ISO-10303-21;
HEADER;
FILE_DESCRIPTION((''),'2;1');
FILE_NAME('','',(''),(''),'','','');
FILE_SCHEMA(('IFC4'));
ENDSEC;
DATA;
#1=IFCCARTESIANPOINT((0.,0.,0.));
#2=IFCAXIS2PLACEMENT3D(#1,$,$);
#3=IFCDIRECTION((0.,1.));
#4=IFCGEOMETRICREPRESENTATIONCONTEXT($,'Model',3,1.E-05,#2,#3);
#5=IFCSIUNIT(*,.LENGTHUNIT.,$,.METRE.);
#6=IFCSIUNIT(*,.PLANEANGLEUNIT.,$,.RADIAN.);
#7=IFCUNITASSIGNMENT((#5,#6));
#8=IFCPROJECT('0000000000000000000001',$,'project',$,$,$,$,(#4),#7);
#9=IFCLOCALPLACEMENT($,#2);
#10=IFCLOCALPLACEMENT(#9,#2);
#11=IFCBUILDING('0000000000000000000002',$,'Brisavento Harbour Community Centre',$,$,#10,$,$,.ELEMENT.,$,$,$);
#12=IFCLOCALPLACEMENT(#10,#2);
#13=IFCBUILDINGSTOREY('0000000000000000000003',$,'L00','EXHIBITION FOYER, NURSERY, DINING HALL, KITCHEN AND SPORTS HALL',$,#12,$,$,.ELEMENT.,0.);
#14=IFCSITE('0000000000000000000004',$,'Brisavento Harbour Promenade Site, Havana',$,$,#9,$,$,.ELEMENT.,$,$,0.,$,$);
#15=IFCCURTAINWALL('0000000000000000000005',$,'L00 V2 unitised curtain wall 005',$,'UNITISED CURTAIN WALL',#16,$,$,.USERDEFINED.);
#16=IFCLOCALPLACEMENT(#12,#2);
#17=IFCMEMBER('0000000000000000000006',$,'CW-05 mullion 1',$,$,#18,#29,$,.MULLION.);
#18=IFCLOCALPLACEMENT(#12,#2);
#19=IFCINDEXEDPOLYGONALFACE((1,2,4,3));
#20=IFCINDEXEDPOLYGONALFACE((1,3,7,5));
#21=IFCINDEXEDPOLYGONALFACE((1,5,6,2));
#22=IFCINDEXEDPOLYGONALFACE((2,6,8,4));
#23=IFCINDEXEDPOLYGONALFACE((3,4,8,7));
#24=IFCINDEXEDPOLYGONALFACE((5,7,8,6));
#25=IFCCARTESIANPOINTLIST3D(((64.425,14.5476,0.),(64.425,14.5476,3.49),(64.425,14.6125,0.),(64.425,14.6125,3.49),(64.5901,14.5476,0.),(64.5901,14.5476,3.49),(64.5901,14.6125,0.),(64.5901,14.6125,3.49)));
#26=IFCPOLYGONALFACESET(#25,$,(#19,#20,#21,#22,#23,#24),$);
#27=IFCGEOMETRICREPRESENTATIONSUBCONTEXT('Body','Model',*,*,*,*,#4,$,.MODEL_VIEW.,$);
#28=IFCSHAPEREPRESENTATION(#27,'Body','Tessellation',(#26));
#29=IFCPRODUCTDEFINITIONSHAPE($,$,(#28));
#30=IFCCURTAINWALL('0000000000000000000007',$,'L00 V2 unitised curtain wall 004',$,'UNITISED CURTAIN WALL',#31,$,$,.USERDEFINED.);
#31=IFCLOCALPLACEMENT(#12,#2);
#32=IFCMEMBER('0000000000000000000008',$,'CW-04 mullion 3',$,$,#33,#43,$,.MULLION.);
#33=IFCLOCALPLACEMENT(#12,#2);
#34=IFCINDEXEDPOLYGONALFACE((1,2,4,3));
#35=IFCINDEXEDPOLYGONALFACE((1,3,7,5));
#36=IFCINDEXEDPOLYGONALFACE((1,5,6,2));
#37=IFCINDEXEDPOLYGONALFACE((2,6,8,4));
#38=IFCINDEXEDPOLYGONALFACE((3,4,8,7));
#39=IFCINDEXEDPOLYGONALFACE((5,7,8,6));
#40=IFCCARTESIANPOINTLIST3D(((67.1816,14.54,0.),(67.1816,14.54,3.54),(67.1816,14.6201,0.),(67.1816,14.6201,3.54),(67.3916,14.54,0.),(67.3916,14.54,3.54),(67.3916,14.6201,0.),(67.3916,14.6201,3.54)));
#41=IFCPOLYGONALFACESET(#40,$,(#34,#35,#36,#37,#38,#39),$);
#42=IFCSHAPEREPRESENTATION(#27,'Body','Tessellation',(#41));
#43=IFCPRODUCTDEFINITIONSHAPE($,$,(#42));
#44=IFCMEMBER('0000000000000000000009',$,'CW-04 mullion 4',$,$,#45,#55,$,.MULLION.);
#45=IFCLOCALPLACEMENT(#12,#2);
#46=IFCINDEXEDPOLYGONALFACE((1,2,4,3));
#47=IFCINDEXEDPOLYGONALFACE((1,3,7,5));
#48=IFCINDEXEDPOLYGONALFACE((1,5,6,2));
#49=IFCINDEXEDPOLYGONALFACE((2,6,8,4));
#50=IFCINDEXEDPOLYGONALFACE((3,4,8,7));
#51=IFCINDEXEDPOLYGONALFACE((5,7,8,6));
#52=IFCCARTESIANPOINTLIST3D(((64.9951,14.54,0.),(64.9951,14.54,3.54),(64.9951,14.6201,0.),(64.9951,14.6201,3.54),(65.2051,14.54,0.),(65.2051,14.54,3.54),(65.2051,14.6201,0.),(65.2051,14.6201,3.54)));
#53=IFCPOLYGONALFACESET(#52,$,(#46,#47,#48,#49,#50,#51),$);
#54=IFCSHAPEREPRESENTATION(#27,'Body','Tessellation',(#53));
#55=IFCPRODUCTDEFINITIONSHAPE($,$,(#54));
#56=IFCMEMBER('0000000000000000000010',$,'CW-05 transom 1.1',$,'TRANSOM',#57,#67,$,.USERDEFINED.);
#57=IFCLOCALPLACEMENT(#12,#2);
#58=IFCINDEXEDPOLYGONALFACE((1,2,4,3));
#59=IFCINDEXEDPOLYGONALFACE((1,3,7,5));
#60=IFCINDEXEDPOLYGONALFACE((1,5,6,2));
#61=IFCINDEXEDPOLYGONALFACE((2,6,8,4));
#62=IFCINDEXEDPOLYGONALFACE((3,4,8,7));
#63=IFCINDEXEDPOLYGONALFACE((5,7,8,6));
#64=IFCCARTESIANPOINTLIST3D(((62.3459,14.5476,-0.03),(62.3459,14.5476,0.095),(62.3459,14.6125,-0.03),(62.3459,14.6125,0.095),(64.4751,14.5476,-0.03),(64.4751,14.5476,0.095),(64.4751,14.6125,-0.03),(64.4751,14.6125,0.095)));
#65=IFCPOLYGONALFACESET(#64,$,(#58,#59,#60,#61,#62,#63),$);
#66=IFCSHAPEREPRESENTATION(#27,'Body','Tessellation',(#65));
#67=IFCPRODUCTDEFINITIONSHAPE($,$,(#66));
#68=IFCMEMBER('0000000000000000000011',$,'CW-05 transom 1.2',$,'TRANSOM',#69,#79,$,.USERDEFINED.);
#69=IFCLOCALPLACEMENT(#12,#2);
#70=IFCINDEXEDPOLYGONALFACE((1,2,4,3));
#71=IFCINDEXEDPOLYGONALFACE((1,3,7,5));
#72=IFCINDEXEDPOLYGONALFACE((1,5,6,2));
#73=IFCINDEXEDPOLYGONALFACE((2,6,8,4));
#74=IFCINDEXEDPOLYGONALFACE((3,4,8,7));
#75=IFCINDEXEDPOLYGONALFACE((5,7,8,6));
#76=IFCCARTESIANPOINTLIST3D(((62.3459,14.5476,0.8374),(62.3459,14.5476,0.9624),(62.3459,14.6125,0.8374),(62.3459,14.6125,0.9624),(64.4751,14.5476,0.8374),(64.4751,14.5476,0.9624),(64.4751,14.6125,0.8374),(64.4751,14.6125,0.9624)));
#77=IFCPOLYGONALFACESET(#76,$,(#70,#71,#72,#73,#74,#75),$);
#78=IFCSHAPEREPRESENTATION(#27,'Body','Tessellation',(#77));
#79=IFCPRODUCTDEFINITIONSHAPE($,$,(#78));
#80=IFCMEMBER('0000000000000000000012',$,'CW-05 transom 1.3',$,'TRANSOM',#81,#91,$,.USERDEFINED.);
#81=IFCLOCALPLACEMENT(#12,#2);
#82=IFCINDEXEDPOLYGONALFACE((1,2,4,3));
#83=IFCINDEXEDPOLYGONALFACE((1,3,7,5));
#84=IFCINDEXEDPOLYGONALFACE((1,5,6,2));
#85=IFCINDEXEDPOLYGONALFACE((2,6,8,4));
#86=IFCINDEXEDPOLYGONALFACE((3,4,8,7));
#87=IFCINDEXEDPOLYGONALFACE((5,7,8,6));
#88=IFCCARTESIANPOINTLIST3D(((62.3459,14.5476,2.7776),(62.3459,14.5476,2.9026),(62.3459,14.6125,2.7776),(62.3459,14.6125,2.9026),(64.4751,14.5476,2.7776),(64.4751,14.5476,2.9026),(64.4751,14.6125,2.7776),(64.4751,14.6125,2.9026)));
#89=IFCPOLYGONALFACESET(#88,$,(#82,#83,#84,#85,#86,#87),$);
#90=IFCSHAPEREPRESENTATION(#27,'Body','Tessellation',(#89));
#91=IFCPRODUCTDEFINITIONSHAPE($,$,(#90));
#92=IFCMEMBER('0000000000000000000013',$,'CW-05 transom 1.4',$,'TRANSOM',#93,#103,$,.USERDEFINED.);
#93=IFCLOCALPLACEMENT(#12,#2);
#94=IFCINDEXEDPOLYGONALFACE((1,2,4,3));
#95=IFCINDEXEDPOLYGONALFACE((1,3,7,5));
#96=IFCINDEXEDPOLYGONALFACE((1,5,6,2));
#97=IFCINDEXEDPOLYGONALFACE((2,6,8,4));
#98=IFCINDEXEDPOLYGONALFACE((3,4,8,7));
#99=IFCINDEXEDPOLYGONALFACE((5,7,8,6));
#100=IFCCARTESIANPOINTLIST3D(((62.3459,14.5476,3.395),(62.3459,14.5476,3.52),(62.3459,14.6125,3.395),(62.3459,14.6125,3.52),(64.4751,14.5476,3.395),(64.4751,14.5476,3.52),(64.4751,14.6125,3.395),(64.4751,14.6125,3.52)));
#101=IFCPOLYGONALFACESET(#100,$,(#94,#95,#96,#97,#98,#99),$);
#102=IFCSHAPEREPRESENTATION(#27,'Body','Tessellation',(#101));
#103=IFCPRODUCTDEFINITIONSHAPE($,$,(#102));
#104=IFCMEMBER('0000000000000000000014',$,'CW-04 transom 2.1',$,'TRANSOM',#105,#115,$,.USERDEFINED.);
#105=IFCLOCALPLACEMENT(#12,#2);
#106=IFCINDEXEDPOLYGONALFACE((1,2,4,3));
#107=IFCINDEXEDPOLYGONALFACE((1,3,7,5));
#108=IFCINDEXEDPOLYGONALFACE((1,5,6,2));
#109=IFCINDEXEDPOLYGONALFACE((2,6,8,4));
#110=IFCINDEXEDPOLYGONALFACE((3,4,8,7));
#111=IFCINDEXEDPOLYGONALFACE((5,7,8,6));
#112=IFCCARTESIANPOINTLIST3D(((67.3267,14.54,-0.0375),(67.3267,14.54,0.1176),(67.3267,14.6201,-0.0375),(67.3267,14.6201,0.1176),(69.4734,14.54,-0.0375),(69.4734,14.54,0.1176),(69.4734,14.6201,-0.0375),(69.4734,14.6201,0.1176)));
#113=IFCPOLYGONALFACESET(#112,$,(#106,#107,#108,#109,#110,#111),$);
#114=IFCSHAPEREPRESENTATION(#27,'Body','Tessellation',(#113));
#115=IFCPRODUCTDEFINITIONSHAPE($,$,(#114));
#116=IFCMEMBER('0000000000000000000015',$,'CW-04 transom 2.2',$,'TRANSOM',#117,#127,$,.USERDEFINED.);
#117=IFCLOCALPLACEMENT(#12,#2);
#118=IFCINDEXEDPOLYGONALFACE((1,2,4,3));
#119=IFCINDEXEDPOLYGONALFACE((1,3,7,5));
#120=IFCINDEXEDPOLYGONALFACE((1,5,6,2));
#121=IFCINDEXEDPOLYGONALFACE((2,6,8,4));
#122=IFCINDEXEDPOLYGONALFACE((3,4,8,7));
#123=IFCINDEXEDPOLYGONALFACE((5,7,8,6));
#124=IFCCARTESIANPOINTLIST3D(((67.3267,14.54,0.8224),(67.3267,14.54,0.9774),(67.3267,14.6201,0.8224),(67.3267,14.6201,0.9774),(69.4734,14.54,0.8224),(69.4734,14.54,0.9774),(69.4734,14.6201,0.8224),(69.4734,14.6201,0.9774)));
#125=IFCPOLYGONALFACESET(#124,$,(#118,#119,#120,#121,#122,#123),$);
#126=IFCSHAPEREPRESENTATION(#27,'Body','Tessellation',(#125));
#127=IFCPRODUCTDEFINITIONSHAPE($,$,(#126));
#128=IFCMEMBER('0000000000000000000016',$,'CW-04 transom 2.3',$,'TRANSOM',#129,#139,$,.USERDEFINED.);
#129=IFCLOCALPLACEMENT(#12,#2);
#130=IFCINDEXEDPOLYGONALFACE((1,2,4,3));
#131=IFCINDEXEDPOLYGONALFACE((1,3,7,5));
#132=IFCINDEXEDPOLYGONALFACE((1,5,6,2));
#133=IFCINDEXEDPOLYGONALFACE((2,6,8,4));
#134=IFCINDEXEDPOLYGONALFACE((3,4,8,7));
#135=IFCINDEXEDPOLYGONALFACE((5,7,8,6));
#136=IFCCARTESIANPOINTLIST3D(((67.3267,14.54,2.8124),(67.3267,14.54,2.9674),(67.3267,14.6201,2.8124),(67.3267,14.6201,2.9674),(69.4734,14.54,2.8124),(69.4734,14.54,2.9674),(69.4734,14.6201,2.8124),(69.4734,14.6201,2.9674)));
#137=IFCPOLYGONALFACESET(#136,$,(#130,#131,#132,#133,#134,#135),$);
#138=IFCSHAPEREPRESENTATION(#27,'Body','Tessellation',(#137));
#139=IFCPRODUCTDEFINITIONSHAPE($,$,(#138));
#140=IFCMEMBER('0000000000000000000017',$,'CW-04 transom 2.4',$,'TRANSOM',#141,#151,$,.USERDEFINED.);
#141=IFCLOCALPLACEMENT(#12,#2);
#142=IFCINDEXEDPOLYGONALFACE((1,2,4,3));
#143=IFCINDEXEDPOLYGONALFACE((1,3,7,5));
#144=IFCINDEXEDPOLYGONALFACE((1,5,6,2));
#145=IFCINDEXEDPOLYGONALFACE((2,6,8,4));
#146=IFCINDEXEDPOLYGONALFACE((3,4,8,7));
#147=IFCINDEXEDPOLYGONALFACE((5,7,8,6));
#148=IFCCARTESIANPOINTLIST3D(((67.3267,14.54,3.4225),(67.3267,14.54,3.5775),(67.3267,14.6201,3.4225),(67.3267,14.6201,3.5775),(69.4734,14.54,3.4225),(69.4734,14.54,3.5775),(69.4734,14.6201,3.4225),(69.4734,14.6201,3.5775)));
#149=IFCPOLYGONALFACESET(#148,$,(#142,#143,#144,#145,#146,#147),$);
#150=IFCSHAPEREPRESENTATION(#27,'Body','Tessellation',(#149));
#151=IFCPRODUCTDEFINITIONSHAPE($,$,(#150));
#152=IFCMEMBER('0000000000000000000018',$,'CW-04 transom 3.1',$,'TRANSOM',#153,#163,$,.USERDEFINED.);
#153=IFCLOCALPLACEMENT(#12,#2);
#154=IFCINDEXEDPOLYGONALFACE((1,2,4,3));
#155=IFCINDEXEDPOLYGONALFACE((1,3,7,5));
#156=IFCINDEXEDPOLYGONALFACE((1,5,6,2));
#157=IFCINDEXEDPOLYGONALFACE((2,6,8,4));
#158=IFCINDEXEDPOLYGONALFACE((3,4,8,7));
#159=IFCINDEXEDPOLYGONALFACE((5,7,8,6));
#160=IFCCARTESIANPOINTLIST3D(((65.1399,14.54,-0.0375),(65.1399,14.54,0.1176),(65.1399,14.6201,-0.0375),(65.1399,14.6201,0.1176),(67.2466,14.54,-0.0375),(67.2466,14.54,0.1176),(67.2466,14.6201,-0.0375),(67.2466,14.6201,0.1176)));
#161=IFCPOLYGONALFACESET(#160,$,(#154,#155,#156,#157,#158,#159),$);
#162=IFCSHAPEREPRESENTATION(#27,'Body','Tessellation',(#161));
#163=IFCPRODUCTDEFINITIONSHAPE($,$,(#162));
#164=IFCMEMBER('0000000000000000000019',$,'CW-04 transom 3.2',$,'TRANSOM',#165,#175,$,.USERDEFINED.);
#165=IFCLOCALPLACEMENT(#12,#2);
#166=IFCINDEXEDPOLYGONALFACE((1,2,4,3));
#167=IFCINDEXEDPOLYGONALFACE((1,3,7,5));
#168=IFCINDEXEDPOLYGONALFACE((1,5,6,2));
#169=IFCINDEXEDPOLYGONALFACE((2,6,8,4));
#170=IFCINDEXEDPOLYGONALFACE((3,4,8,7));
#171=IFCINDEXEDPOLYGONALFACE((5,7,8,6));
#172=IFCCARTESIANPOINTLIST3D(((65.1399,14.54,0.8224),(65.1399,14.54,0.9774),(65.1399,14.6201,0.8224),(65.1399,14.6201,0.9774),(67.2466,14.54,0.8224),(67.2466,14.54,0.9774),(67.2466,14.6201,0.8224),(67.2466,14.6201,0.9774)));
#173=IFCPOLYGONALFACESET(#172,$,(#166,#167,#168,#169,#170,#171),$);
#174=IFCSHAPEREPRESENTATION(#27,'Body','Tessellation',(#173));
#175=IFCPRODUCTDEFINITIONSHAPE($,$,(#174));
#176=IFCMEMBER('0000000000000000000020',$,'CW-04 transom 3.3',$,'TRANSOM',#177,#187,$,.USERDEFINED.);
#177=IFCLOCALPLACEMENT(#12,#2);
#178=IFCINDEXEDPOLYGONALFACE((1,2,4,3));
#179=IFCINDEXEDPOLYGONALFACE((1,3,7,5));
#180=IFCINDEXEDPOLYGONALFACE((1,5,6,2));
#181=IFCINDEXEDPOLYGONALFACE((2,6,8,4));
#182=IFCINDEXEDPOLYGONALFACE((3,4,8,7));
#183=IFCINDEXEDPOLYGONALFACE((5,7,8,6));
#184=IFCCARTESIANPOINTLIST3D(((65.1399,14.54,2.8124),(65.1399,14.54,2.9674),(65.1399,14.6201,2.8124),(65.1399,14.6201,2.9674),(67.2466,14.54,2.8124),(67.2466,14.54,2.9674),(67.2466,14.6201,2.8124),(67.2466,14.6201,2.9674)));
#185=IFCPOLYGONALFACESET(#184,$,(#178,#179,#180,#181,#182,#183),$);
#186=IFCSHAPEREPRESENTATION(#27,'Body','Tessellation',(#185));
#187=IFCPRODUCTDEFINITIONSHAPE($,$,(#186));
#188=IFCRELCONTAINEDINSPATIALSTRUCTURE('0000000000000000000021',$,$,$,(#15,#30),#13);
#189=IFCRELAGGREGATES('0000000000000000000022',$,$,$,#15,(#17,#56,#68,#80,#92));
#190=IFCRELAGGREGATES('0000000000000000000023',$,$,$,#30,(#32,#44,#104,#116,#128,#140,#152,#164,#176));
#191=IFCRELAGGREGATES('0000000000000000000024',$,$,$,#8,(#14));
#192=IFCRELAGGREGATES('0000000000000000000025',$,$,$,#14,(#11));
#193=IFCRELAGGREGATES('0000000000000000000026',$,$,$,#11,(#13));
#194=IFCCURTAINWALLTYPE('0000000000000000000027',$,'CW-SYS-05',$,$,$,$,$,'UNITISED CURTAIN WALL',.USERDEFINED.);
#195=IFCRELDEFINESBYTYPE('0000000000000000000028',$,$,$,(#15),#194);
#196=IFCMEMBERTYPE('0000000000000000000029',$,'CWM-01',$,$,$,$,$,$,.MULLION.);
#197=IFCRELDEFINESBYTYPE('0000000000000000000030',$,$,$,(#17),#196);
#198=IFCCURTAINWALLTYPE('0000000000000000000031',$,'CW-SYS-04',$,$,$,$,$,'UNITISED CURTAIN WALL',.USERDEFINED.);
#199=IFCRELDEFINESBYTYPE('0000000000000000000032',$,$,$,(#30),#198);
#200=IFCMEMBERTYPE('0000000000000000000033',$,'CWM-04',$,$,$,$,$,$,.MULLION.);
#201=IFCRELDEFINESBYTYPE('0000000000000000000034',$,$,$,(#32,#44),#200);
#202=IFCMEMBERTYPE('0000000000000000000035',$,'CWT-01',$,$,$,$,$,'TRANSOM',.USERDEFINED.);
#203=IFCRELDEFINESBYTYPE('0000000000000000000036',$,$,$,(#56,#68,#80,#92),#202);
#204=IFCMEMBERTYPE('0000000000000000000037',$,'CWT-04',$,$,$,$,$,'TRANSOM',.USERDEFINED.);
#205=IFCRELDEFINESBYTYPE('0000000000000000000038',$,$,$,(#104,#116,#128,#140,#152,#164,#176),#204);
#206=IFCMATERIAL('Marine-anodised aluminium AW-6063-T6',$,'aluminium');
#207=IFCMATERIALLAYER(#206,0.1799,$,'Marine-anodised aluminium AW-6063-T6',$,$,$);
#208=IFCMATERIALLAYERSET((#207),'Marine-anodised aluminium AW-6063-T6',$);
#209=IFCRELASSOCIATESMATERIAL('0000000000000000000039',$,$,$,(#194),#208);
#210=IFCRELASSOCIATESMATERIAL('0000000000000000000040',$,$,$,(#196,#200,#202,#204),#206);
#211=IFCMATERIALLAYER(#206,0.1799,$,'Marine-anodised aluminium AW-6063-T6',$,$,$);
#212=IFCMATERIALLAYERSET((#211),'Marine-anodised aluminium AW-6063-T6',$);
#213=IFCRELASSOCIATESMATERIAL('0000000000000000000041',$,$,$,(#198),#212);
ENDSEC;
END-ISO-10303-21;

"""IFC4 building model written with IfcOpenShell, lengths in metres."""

from ifc_helpers import new_model, si_unit, direction, frame, origin, origin_2d, place, context, subcontext, project, spatial, rectangle, extrude, material, layer, layer_set, material_profile, profile_set, type_object, element, aggregate, save


model = new_model("IFC4")

# Units and contexts
model_context = context("Model", 3, precision=1e-05, world=origin(), true_north=direction((0.0, 1.0)))
body_context = subcontext(model_context, "Body", "Model", "MODEL_VIEW")
ifc_project = project(units=[si_unit("LENGTHUNIT", "METRE"), si_unit("PLANEANGLEUNIT", "RADIAN")], contexts=[model_context])

# Site, building, storey
site_placement = place(None, origin())
site = spatial("IfcSite", under=ifc_project, at=site_placement, Name="Brisavento Harbour Promenade Site, Havana", CompositionType="ELEMENT", RefElevation=0.0)
building_placement = place(site_placement, origin())
building = spatial("IfcBuilding", under=site, at=building_placement, Name="Brisavento Harbour Community Centre", CompositionType="ELEMENT")
storey_placement = place(building_placement, origin())
storey = spatial("IfcBuildingStorey", under=building, at=storey_placement, Name="L00", Description="EXHIBITION FOYER, NURSERY, DINING HALL, KITCHEN AND SPORTS HALL", CompositionType="ELEMENT", Elevation=0.0)

# Curtain wall, member
ifc_material_1 = material(Name="Marine-anodised aluminium AW-6063-T6", Category="aluminium")
ifc_layer_1 = layer(ifc_material_1, 0.1799, Name="Marine-anodised aluminium AW-6063-T6")
ifc_layer_set_1 = layer_set([ifc_layer_1], Name="Marine-anodised aluminium AW-6063-T6")
curtain_wall_type_1 = type_object("IfcCurtainWallType", Name="CW-SYS-05", ElementType="UNITISED CURTAIN WALL", PredefinedType="USERDEFINED", material=ifc_layer_set_1)
curtain_wall_1_placement = place(storey_placement, origin())
curtain_wall_1 = element("IfcCurtainWall", 1, at=curtain_wall_1_placement, inside=storey, type_object=curtain_wall_type_1, Name="L00 V2 unitised curtain wall 005", ObjectType="UNITISED CURTAIN WALL", PredefinedType="USERDEFINED")
ifc_material_profile_1 = material_profile(ifc_material_1, rectangle(XDim=0.0649, YDim=0.165, at=origin_2d()), Name="Marine-anodised aluminium AW-6063-T6")
ifc_profile_set_1 = profile_set([ifc_material_profile_1], Name="Marine-anodised aluminium AW-6063-T6")
member_type_1 = type_object("IfcMemberType", Name="CWM-01", PredefinedType="MULLION", material=ifc_profile_set_1)
member_1_placement = place(storey_placement, frame((64.5076, 14.5801, 0.0), z_axis=(0.0, 0.0, 1.0), x_axis=(0.0, -1.0, 0.0)))
member_1 = element("IfcMember", 2, at=member_1_placement, type_object=member_type_1, Name="CW-05 mullion 1", PredefinedType="MULLION", context=body_context, shape_type="SweptSolid", body=[
    extrude(rectangle(XDim=0.0649, YDim=0.165, at=origin_2d()), origin(), (0.0, 0.0, 1.0), 3.49),
])

# Curtain wall, members
ifc_layer_2 = layer(ifc_material_1, 0.1799, Name="Marine-anodised aluminium AW-6063-T6")
ifc_layer_set_2 = layer_set([ifc_layer_2], Name="Marine-anodised aluminium AW-6063-T6")
curtain_wall_type_2 = type_object("IfcCurtainWallType", Name="CW-SYS-04", ElementType="UNITISED CURTAIN WALL", PredefinedType="USERDEFINED", material=ifc_layer_set_2)
curtain_wall_2_placement = place(storey_placement, origin())
curtain_wall_2 = element("IfcCurtainWall", 3, at=curtain_wall_2_placement, inside=storey, type_object=curtain_wall_type_2, Name="L00 V2 unitised curtain wall 004", ObjectType="UNITISED CURTAIN WALL", PredefinedType="USERDEFINED")
ifc_material_profile_2 = material_profile(ifc_material_1, rectangle(XDim=0.0801, YDim=0.21, at=origin_2d()), Name="Marine-anodised aluminium AW-6063-T6")
ifc_profile_set_2 = profile_set([ifc_material_profile_2], Name="Marine-anodised aluminium AW-6063-T6")
member_type_2 = type_object("IfcMemberType", Name="CWM-04", PredefinedType="MULLION", material=ifc_profile_set_2)
member_2_placement = place(storey_placement, frame((67.2866, 14.5801, 0.0), z_axis=(0.0, 0.0, 1.0), x_axis=(0.0, -1.0, 0.0)))
member_2 = element("IfcMember", 4, at=member_2_placement, type_object=member_type_2, Name="CW-04 mullion 3", PredefinedType="MULLION", context=body_context, shape_type="SweptSolid", body=[
    extrude(rectangle(XDim=0.0801, YDim=0.21, at=origin_2d()), origin(), (0.0, 0.0, 1.0), 3.54),
])
member_3_placement = place(storey_placement, frame((65.1001, 14.5801, 0.0), z_axis=(0.0, 0.0, 1.0), x_axis=(0.0, -1.0, 0.0)))
member_3 = element("IfcMember", 5, at=member_3_placement, type_object=member_type_2, Name="CW-04 mullion 4", PredefinedType="MULLION", context=body_context, shape_type="SweptSolid", body=[
    extrude(rectangle(XDim=0.0801, YDim=0.21, at=origin_2d()), origin(), (0.0, 0.0, 1.0), 3.54),
])

# Members
ifc_material_profile_3 = material_profile(ifc_material_1, rectangle(XDim=0.0649, YDim=0.125, at=origin_2d()), Name="Marine-anodised aluminium AW-6063-T6")
ifc_profile_set_3 = profile_set([ifc_material_profile_3], Name="Marine-anodised aluminium AW-6063-T6")
member_type_3 = type_object("IfcMemberType", Name="CWT-01", ElementType="TRANSOM", PredefinedType="USERDEFINED", material=ifc_profile_set_3)
member_4_placement = place(storey_placement, frame((64.4751, 14.5801, 0.0325), z_axis=(-1.0, 0.0, 0.0), x_axis=(0.0, -1.0, 0.0)))
member_4 = element("IfcMember", 6, at=member_4_placement, type_object=member_type_3, Name="CW-05 transom 1.1", ObjectType="TRANSOM", PredefinedType="USERDEFINED", context=body_context, shape_type="SweptSolid", body=[
    extrude(rectangle(XDim=0.0649, YDim=0.125, at=origin_2d()), origin(), (0.0, 0.0, 1.0), 2.1292),
])
member_5_placement = place(storey_placement, frame((64.4751, 14.5801, 0.8999), z_axis=(-1.0, 0.0, 0.0), x_axis=(0.0, -1.0, 0.0)))
member_5 = element("IfcMember", 7, at=member_5_placement, type_object=member_type_3, Name="CW-05 transom 1.2", ObjectType="TRANSOM", PredefinedType="USERDEFINED", context=body_context, shape_type="SweptSolid", body=[
    extrude(rectangle(XDim=0.0649, YDim=0.125, at=origin_2d()), origin(), (0.0, 0.0, 1.0), 2.1292),
])
member_6_placement = place(storey_placement, frame((64.4751, 14.5801, 2.8401), z_axis=(-1.0, 0.0, 0.0), x_axis=(0.0, -1.0, 0.0)))
member_6 = element("IfcMember", 8, at=member_6_placement, type_object=member_type_3, Name="CW-05 transom 1.3", ObjectType="TRANSOM", PredefinedType="USERDEFINED", context=body_context, shape_type="SweptSolid", body=[
    extrude(rectangle(XDim=0.0649, YDim=0.125, at=origin_2d()), origin(), (0.0, 0.0, 1.0), 2.1292),
])
member_7_placement = place(storey_placement, frame((64.4751, 14.5801, 3.4575), z_axis=(-1.0, 0.0, 0.0), x_axis=(0.0, -1.0, 0.0)))
member_7 = element("IfcMember", 9, at=member_7_placement, type_object=member_type_3, Name="CW-05 transom 1.4", ObjectType="TRANSOM", PredefinedType="USERDEFINED", context=body_context, shape_type="SweptSolid", body=[
    extrude(rectangle(XDim=0.0649, YDim=0.125, at=origin_2d()), origin(), (0.0, 0.0, 1.0), 2.1292),
])
aggregate(curtain_wall_1, [member_1, member_4, member_5, member_6, member_7])
ifc_material_profile_4 = material_profile(ifc_material_1, rectangle(XDim=0.0801, YDim=0.155, at=origin_2d()), Name="Marine-anodised aluminium AW-6063-T6")
ifc_profile_set_4 = profile_set([ifc_material_profile_4], Name="Marine-anodised aluminium AW-6063-T6")
member_type_4 = type_object("IfcMemberType", Name="CWT-04", ElementType="TRANSOM", PredefinedType="USERDEFINED", material=ifc_profile_set_4)
member_8_placement = place(storey_placement, frame((69.4734, 14.5801, 0.04), z_axis=(-1.0, 0.0, 0.0), x_axis=(0.0, -1.0, 0.0)))
member_8 = element("IfcMember", 10, at=member_8_placement, type_object=member_type_4, Name="CW-04 transom 2.1", ObjectType="TRANSOM", PredefinedType="USERDEFINED", context=body_context, shape_type="SweptSolid", body=[
    extrude(rectangle(XDim=0.0801, YDim=0.155, at=origin_2d()), origin(), (0.0, 0.0, 1.0), 2.1467),
])
member_9_placement = place(storey_placement, frame((69.4734, 14.5801, 0.8999), z_axis=(-1.0, 0.0, 0.0), x_axis=(0.0, -1.0, 0.0)))
member_9 = element("IfcMember", 11, at=member_9_placement, type_object=member_type_4, Name="CW-04 transom 2.2", ObjectType="TRANSOM", PredefinedType="USERDEFINED", context=body_context, shape_type="SweptSolid", body=[
    extrude(rectangle(XDim=0.0801, YDim=0.155, at=origin_2d()), origin(), (0.0, 0.0, 1.0), 2.1467),
])
member_10_placement = place(storey_placement, frame((69.4734, 14.5801, 2.8899), z_axis=(-1.0, 0.0, 0.0), x_axis=(0.0, -1.0, 0.0)))
member_10 = element("IfcMember", 12, at=member_10_placement, type_object=member_type_4, Name="CW-04 transom 2.3", ObjectType="TRANSOM", PredefinedType="USERDEFINED", context=body_context, shape_type="SweptSolid", body=[
    extrude(rectangle(XDim=0.0801, YDim=0.155, at=origin_2d()), origin(), (0.0, 0.0, 1.0), 2.1467),
])
member_11_placement = place(storey_placement, frame((69.4734, 14.5801, 3.5), z_axis=(-1.0, 0.0, 0.0), x_axis=(0.0, -1.0, 0.0)))
member_11 = element("IfcMember", 13, at=member_11_placement, type_object=member_type_4, Name="CW-04 transom 2.4", ObjectType="TRANSOM", PredefinedType="USERDEFINED", context=body_context, shape_type="SweptSolid", body=[
    extrude(rectangle(XDim=0.0801, YDim=0.155, at=origin_2d()), origin(), (0.0, 0.0, 1.0), 2.1467),
])
member_12_placement = place(storey_placement, frame((67.2466, 14.5801, 0.04), z_axis=(-1.0, 0.0, 0.0), x_axis=(0.0, -1.0, 0.0)))
member_12 = element("IfcMember", 14, at=member_12_placement, type_object=member_type_4, Name="CW-04 transom 3.1", ObjectType="TRANSOM", PredefinedType="USERDEFINED", context=body_context, shape_type="SweptSolid", body=[
    extrude(rectangle(XDim=0.0801, YDim=0.155, at=origin_2d()), origin(), (0.0, 0.0, 1.0), 2.1067),
])
member_13_placement = place(storey_placement, frame((67.2466, 14.5801, 0.8999), z_axis=(-1.0, 0.0, 0.0), x_axis=(0.0, -1.0, 0.0)))
member_13 = element("IfcMember", 15, at=member_13_placement, type_object=member_type_4, Name="CW-04 transom 3.2", ObjectType="TRANSOM", PredefinedType="USERDEFINED", context=body_context, shape_type="SweptSolid", body=[
    extrude(rectangle(XDim=0.0801, YDim=0.155, at=origin_2d()), origin(), (0.0, 0.0, 1.0), 2.1067),
])
member_14_placement = place(storey_placement, frame((67.2466, 14.5801, 2.8899), z_axis=(-1.0, 0.0, 0.0), x_axis=(0.0, -1.0, 0.0)))
member_14 = element("IfcMember", 16, at=member_14_placement, type_object=member_type_4, Name="CW-04 transom 3.3", ObjectType="TRANSOM", PredefinedType="USERDEFINED", context=body_context, shape_type="SweptSolid", body=[
    extrude(rectangle(XDim=0.0801, YDim=0.155, at=origin_2d()), origin(), (0.0, 0.0, 1.0), 2.1067),
])

aggregate(curtain_wall_2, [member_2, member_3, member_8, member_9, member_10, member_11, member_12, member_13, member_14])

save(model, "model.ifc")
